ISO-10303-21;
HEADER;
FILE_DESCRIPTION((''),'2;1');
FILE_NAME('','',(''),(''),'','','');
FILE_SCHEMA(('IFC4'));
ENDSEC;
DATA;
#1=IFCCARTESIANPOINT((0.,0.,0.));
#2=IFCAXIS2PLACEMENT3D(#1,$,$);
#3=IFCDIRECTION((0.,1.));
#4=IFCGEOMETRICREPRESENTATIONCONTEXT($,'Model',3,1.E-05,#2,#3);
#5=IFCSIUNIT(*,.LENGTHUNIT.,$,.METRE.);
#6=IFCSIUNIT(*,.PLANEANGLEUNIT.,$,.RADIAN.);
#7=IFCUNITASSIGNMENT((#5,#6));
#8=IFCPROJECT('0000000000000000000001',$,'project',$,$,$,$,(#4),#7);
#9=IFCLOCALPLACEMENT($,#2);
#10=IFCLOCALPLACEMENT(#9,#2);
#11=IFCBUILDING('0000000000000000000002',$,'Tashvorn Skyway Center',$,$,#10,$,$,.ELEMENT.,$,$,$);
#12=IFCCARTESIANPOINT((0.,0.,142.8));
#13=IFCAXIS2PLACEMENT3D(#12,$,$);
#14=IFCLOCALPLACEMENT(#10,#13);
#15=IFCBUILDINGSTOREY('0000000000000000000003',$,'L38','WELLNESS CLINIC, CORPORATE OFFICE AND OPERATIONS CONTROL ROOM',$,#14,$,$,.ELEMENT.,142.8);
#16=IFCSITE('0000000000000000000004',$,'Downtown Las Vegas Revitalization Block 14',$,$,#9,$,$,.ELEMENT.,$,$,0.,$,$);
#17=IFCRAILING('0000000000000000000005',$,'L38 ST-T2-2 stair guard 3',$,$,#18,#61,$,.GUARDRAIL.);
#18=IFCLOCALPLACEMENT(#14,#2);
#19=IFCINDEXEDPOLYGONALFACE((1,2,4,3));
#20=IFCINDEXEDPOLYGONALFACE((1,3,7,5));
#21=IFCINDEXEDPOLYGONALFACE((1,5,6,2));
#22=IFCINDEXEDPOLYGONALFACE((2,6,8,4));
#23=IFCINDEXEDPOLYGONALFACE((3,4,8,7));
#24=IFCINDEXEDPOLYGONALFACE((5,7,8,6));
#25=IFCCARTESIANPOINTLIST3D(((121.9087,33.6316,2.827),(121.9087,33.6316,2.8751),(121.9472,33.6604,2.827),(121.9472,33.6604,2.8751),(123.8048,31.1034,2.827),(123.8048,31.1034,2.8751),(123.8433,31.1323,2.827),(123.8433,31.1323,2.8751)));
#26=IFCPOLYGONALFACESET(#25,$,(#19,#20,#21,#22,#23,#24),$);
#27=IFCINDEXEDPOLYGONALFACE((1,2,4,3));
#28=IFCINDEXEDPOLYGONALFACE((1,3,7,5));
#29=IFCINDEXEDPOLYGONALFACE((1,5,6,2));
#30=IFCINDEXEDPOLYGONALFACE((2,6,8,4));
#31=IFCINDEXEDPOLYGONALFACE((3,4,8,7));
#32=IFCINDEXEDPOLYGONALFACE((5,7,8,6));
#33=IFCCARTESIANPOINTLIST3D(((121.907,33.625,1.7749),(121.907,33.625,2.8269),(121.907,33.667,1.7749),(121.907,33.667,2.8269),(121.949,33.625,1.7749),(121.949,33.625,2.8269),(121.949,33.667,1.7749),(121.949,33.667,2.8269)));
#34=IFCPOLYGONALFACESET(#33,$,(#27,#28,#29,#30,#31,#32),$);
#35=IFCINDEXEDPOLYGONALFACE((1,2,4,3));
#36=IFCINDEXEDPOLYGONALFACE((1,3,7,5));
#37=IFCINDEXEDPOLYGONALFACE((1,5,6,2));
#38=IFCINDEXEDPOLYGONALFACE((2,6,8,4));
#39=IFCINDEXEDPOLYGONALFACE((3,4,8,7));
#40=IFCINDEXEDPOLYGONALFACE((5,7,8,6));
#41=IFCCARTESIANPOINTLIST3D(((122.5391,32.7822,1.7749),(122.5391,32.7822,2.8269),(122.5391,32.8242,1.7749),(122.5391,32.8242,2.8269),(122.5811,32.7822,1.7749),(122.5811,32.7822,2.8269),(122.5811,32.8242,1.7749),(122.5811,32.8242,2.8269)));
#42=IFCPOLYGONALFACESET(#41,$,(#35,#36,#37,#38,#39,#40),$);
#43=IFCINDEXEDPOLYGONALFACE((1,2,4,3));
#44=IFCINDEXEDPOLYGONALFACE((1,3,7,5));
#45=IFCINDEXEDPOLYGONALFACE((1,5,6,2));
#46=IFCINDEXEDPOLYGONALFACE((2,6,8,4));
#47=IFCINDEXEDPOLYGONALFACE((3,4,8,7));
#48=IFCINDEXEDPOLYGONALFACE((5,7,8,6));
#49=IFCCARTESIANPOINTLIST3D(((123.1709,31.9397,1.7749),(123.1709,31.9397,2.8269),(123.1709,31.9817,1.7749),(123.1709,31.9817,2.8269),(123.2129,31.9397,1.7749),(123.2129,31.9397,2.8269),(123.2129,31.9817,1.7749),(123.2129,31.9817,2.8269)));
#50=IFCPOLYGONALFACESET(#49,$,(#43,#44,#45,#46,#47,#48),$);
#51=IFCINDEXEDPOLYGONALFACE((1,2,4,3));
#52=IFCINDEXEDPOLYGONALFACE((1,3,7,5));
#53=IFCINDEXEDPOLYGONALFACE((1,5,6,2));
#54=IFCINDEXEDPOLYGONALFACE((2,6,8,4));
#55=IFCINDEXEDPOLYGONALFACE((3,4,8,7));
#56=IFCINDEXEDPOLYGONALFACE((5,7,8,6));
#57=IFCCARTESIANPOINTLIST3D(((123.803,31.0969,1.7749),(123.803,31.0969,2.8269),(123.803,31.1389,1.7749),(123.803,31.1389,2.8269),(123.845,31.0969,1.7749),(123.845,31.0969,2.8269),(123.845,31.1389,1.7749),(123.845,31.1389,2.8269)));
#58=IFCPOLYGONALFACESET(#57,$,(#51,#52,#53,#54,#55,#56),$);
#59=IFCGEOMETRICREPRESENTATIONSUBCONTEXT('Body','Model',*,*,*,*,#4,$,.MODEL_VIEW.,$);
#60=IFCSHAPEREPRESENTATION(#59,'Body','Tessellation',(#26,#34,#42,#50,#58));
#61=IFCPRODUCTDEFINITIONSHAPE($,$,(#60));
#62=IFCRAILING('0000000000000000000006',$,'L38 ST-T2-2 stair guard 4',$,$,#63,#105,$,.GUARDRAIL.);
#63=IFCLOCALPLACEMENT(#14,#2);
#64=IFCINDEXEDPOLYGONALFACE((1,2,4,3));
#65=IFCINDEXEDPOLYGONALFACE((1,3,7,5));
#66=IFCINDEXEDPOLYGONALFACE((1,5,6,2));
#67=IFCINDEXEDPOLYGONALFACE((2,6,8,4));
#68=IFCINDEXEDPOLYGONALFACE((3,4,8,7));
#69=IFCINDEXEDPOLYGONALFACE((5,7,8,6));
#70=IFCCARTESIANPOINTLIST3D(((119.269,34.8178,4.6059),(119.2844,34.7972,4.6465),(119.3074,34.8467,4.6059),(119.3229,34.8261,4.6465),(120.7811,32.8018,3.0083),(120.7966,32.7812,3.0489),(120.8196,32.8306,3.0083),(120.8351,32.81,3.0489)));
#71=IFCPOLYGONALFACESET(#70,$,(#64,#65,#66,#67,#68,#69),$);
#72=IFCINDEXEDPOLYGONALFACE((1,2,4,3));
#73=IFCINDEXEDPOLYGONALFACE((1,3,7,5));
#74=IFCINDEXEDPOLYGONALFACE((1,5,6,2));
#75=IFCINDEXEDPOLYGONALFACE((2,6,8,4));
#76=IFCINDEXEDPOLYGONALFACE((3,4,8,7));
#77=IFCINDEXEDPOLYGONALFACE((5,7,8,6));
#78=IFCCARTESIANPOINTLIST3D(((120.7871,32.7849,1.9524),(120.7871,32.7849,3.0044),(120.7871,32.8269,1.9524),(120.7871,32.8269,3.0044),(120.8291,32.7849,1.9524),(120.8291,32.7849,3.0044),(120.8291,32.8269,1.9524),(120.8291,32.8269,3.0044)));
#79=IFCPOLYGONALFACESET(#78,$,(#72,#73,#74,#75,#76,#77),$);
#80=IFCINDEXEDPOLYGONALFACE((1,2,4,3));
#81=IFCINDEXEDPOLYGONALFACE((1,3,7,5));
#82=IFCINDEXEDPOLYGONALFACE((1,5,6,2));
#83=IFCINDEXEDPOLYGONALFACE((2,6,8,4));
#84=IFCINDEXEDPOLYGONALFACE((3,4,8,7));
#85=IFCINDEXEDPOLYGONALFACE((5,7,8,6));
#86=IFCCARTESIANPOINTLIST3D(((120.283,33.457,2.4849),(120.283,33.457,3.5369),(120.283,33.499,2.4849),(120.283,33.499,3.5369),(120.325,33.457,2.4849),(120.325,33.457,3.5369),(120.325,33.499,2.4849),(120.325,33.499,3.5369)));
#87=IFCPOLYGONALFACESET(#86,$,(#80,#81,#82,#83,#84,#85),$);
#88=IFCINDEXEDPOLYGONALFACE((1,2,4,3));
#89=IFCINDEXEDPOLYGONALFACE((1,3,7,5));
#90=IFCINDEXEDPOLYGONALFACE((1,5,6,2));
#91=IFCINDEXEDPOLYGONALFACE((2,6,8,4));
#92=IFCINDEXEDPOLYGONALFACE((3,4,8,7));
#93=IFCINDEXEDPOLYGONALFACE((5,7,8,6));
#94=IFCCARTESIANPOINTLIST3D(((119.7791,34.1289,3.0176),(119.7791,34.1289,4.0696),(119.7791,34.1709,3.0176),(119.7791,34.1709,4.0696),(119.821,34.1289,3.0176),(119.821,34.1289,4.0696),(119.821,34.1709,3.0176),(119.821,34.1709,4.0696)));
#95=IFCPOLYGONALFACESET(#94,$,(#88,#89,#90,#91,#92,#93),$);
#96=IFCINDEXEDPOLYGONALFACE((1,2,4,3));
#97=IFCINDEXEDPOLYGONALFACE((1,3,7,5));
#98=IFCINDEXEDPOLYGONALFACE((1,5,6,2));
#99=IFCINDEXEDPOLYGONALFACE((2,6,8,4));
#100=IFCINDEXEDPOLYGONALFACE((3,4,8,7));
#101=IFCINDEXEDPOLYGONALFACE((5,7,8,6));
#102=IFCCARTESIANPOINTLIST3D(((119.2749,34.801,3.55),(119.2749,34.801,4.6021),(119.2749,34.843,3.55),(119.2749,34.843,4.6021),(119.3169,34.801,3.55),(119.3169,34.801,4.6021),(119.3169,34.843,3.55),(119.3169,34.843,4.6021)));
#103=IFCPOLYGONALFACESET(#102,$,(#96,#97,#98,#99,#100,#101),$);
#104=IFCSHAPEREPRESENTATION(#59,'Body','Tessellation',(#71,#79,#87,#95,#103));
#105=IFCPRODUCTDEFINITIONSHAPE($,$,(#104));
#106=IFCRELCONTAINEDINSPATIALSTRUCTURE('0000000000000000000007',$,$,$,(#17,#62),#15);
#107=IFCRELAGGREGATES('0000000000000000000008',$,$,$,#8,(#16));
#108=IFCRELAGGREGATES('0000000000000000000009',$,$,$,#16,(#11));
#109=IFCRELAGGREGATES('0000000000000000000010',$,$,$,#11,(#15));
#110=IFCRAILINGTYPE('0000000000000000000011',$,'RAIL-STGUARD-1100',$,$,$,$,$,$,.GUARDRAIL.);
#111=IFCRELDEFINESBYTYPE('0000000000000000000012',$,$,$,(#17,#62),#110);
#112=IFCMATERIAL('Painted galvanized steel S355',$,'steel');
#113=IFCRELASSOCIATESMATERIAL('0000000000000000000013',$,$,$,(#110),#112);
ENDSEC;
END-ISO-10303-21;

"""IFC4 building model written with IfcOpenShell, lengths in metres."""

from ifc_helpers import new_model, si_unit, direction, frame, origin, origin_2d, place, context, subcontext, project, spatial, rectangle, extrude, material, type_object, element, save


model = new_model("IFC4")

# Units and contexts
model_context = context("Model", 3, precision=1e-05, world=origin(), true_north=direction((0.0, 1.0)))
body_context = subcontext(model_context, "Body", "Model", "MODEL_VIEW")
ifc_project = project(units=[si_unit("LENGTHUNIT", "METRE"), si_unit("PLANEANGLEUNIT", "RADIAN")], contexts=[model_context])

# Site, building, storey
site_placement = place(None, origin())
site = spatial("IfcSite", under=ifc_project, at=site_placement, Name="Downtown Las Vegas Revitalization Block 14", CompositionType="ELEMENT", RefElevation=0.0)
building_placement = place(site_placement, origin())
building = spatial("IfcBuilding", under=site, at=building_placement, Name="Tashvorn Skyway Center", CompositionType="ELEMENT")
storey_placement = place(building_placement, frame((0.0, 0.0, 142.8)))
storey = spatial("IfcBuildingStorey", under=building, at=storey_placement, Name="L38", Description="WELLNESS CLINIC, CORPORATE OFFICE AND OPERATIONS CONTROL ROOM", CompositionType="ELEMENT", Elevation=142.8)

# Railings
ifc_material_1 = material(Name="Painted galvanized steel S355", Category="steel")
railing_type_1 = type_object("IfcRailingType", Name="RAIL-STGUARD-1100", PredefinedType="GUARDRAIL", material=ifc_material_1)
railing_1_placement = place(storey_placement, frame((121.928, 33.646, 1.7749)))
element("IfcRailing", 1, at=railing_1_placement, inside=storey, type_object=railing_type_1, Name="L38 ST-T2-2 stair guard 3", PredefinedType="GUARDRAIL", context=body_context, shape_type="SweptSolid", body=[
    extrude(rectangle(XDim=0.0481, YDim=0.0481, at=origin_2d()), frame((0.0, 0.0, 1.0762), z_axis=(0.599988, -0.800009, 0.0), x_axis=(0.800009, 0.599988, 0.0)), (0.0, 0.0, 1.0), 3.1602),
    extrude(rectangle(XDim=0.042, YDim=0.042, at=origin_2d()), origin(), (0.0, 0.0, 1.0), 1.052),
    extrude(rectangle(XDim=0.042, YDim=0.042, at=origin_2d()), frame((0.6321, -0.8428, 0.0)), (0.0, 0.0, 1.0), 1.052),
    extrude(rectangle(XDim=0.042, YDim=0.042, at=origin_2d()), frame((1.2639, -1.6853, 0.0)), (0.0, 0.0, 1.0), 1.052),
    extrude(rectangle(XDim=0.042, YDim=0.042, at=origin_2d()), frame((1.896, -2.5281, 0.0)), (0.0, 0.0, 1.0), 1.052),
])
railing_2_placement = place(storey_placement, frame((120.8081, 32.8059, 1.9524)))
element("IfcRailing", 2, at=railing_2_placement, inside=storey, type_object=railing_type_1, Name="L38 ST-T2-2 stair guard 4", PredefinedType="GUARDRAIL", context=body_context, shape_type="SweptSolid", body=[
    extrude(rectangle(XDim=0.0481, YDim=0.0481, at=origin_2d()), frame((0.0, 0.0, 1.0762), z_axis=(-0.506779, 0.675651, 0.535416), x_axis=(-0.799977, -0.600031, 0.0)), (0.0, 0.0, 1.0), 2.9839),
    extrude(rectangle(XDim=0.042, YDim=0.042, at=origin_2d()), origin(), (0.0, 0.0, 1.0), 1.052),
    extrude(rectangle(XDim=0.042, YDim=0.042, at=origin_2d()), frame((-0.5042, 0.6721, 0.5325)), (0.0, 0.0, 1.0), 1.052),
    extrude(rectangle(XDim=0.042, YDim=0.042, at=origin_2d()), frame((-1.0081, 1.344, 1.0652)), (0.0, 0.0, 1.0), 1.052),
    extrude(rectangle(XDim=0.042, YDim=0.042, at=origin_2d()), frame((-1.5122, 2.0161, 1.5977)), (0.0, 0.0, 1.0), 1.052),
])

save(model, "model.ifc")
